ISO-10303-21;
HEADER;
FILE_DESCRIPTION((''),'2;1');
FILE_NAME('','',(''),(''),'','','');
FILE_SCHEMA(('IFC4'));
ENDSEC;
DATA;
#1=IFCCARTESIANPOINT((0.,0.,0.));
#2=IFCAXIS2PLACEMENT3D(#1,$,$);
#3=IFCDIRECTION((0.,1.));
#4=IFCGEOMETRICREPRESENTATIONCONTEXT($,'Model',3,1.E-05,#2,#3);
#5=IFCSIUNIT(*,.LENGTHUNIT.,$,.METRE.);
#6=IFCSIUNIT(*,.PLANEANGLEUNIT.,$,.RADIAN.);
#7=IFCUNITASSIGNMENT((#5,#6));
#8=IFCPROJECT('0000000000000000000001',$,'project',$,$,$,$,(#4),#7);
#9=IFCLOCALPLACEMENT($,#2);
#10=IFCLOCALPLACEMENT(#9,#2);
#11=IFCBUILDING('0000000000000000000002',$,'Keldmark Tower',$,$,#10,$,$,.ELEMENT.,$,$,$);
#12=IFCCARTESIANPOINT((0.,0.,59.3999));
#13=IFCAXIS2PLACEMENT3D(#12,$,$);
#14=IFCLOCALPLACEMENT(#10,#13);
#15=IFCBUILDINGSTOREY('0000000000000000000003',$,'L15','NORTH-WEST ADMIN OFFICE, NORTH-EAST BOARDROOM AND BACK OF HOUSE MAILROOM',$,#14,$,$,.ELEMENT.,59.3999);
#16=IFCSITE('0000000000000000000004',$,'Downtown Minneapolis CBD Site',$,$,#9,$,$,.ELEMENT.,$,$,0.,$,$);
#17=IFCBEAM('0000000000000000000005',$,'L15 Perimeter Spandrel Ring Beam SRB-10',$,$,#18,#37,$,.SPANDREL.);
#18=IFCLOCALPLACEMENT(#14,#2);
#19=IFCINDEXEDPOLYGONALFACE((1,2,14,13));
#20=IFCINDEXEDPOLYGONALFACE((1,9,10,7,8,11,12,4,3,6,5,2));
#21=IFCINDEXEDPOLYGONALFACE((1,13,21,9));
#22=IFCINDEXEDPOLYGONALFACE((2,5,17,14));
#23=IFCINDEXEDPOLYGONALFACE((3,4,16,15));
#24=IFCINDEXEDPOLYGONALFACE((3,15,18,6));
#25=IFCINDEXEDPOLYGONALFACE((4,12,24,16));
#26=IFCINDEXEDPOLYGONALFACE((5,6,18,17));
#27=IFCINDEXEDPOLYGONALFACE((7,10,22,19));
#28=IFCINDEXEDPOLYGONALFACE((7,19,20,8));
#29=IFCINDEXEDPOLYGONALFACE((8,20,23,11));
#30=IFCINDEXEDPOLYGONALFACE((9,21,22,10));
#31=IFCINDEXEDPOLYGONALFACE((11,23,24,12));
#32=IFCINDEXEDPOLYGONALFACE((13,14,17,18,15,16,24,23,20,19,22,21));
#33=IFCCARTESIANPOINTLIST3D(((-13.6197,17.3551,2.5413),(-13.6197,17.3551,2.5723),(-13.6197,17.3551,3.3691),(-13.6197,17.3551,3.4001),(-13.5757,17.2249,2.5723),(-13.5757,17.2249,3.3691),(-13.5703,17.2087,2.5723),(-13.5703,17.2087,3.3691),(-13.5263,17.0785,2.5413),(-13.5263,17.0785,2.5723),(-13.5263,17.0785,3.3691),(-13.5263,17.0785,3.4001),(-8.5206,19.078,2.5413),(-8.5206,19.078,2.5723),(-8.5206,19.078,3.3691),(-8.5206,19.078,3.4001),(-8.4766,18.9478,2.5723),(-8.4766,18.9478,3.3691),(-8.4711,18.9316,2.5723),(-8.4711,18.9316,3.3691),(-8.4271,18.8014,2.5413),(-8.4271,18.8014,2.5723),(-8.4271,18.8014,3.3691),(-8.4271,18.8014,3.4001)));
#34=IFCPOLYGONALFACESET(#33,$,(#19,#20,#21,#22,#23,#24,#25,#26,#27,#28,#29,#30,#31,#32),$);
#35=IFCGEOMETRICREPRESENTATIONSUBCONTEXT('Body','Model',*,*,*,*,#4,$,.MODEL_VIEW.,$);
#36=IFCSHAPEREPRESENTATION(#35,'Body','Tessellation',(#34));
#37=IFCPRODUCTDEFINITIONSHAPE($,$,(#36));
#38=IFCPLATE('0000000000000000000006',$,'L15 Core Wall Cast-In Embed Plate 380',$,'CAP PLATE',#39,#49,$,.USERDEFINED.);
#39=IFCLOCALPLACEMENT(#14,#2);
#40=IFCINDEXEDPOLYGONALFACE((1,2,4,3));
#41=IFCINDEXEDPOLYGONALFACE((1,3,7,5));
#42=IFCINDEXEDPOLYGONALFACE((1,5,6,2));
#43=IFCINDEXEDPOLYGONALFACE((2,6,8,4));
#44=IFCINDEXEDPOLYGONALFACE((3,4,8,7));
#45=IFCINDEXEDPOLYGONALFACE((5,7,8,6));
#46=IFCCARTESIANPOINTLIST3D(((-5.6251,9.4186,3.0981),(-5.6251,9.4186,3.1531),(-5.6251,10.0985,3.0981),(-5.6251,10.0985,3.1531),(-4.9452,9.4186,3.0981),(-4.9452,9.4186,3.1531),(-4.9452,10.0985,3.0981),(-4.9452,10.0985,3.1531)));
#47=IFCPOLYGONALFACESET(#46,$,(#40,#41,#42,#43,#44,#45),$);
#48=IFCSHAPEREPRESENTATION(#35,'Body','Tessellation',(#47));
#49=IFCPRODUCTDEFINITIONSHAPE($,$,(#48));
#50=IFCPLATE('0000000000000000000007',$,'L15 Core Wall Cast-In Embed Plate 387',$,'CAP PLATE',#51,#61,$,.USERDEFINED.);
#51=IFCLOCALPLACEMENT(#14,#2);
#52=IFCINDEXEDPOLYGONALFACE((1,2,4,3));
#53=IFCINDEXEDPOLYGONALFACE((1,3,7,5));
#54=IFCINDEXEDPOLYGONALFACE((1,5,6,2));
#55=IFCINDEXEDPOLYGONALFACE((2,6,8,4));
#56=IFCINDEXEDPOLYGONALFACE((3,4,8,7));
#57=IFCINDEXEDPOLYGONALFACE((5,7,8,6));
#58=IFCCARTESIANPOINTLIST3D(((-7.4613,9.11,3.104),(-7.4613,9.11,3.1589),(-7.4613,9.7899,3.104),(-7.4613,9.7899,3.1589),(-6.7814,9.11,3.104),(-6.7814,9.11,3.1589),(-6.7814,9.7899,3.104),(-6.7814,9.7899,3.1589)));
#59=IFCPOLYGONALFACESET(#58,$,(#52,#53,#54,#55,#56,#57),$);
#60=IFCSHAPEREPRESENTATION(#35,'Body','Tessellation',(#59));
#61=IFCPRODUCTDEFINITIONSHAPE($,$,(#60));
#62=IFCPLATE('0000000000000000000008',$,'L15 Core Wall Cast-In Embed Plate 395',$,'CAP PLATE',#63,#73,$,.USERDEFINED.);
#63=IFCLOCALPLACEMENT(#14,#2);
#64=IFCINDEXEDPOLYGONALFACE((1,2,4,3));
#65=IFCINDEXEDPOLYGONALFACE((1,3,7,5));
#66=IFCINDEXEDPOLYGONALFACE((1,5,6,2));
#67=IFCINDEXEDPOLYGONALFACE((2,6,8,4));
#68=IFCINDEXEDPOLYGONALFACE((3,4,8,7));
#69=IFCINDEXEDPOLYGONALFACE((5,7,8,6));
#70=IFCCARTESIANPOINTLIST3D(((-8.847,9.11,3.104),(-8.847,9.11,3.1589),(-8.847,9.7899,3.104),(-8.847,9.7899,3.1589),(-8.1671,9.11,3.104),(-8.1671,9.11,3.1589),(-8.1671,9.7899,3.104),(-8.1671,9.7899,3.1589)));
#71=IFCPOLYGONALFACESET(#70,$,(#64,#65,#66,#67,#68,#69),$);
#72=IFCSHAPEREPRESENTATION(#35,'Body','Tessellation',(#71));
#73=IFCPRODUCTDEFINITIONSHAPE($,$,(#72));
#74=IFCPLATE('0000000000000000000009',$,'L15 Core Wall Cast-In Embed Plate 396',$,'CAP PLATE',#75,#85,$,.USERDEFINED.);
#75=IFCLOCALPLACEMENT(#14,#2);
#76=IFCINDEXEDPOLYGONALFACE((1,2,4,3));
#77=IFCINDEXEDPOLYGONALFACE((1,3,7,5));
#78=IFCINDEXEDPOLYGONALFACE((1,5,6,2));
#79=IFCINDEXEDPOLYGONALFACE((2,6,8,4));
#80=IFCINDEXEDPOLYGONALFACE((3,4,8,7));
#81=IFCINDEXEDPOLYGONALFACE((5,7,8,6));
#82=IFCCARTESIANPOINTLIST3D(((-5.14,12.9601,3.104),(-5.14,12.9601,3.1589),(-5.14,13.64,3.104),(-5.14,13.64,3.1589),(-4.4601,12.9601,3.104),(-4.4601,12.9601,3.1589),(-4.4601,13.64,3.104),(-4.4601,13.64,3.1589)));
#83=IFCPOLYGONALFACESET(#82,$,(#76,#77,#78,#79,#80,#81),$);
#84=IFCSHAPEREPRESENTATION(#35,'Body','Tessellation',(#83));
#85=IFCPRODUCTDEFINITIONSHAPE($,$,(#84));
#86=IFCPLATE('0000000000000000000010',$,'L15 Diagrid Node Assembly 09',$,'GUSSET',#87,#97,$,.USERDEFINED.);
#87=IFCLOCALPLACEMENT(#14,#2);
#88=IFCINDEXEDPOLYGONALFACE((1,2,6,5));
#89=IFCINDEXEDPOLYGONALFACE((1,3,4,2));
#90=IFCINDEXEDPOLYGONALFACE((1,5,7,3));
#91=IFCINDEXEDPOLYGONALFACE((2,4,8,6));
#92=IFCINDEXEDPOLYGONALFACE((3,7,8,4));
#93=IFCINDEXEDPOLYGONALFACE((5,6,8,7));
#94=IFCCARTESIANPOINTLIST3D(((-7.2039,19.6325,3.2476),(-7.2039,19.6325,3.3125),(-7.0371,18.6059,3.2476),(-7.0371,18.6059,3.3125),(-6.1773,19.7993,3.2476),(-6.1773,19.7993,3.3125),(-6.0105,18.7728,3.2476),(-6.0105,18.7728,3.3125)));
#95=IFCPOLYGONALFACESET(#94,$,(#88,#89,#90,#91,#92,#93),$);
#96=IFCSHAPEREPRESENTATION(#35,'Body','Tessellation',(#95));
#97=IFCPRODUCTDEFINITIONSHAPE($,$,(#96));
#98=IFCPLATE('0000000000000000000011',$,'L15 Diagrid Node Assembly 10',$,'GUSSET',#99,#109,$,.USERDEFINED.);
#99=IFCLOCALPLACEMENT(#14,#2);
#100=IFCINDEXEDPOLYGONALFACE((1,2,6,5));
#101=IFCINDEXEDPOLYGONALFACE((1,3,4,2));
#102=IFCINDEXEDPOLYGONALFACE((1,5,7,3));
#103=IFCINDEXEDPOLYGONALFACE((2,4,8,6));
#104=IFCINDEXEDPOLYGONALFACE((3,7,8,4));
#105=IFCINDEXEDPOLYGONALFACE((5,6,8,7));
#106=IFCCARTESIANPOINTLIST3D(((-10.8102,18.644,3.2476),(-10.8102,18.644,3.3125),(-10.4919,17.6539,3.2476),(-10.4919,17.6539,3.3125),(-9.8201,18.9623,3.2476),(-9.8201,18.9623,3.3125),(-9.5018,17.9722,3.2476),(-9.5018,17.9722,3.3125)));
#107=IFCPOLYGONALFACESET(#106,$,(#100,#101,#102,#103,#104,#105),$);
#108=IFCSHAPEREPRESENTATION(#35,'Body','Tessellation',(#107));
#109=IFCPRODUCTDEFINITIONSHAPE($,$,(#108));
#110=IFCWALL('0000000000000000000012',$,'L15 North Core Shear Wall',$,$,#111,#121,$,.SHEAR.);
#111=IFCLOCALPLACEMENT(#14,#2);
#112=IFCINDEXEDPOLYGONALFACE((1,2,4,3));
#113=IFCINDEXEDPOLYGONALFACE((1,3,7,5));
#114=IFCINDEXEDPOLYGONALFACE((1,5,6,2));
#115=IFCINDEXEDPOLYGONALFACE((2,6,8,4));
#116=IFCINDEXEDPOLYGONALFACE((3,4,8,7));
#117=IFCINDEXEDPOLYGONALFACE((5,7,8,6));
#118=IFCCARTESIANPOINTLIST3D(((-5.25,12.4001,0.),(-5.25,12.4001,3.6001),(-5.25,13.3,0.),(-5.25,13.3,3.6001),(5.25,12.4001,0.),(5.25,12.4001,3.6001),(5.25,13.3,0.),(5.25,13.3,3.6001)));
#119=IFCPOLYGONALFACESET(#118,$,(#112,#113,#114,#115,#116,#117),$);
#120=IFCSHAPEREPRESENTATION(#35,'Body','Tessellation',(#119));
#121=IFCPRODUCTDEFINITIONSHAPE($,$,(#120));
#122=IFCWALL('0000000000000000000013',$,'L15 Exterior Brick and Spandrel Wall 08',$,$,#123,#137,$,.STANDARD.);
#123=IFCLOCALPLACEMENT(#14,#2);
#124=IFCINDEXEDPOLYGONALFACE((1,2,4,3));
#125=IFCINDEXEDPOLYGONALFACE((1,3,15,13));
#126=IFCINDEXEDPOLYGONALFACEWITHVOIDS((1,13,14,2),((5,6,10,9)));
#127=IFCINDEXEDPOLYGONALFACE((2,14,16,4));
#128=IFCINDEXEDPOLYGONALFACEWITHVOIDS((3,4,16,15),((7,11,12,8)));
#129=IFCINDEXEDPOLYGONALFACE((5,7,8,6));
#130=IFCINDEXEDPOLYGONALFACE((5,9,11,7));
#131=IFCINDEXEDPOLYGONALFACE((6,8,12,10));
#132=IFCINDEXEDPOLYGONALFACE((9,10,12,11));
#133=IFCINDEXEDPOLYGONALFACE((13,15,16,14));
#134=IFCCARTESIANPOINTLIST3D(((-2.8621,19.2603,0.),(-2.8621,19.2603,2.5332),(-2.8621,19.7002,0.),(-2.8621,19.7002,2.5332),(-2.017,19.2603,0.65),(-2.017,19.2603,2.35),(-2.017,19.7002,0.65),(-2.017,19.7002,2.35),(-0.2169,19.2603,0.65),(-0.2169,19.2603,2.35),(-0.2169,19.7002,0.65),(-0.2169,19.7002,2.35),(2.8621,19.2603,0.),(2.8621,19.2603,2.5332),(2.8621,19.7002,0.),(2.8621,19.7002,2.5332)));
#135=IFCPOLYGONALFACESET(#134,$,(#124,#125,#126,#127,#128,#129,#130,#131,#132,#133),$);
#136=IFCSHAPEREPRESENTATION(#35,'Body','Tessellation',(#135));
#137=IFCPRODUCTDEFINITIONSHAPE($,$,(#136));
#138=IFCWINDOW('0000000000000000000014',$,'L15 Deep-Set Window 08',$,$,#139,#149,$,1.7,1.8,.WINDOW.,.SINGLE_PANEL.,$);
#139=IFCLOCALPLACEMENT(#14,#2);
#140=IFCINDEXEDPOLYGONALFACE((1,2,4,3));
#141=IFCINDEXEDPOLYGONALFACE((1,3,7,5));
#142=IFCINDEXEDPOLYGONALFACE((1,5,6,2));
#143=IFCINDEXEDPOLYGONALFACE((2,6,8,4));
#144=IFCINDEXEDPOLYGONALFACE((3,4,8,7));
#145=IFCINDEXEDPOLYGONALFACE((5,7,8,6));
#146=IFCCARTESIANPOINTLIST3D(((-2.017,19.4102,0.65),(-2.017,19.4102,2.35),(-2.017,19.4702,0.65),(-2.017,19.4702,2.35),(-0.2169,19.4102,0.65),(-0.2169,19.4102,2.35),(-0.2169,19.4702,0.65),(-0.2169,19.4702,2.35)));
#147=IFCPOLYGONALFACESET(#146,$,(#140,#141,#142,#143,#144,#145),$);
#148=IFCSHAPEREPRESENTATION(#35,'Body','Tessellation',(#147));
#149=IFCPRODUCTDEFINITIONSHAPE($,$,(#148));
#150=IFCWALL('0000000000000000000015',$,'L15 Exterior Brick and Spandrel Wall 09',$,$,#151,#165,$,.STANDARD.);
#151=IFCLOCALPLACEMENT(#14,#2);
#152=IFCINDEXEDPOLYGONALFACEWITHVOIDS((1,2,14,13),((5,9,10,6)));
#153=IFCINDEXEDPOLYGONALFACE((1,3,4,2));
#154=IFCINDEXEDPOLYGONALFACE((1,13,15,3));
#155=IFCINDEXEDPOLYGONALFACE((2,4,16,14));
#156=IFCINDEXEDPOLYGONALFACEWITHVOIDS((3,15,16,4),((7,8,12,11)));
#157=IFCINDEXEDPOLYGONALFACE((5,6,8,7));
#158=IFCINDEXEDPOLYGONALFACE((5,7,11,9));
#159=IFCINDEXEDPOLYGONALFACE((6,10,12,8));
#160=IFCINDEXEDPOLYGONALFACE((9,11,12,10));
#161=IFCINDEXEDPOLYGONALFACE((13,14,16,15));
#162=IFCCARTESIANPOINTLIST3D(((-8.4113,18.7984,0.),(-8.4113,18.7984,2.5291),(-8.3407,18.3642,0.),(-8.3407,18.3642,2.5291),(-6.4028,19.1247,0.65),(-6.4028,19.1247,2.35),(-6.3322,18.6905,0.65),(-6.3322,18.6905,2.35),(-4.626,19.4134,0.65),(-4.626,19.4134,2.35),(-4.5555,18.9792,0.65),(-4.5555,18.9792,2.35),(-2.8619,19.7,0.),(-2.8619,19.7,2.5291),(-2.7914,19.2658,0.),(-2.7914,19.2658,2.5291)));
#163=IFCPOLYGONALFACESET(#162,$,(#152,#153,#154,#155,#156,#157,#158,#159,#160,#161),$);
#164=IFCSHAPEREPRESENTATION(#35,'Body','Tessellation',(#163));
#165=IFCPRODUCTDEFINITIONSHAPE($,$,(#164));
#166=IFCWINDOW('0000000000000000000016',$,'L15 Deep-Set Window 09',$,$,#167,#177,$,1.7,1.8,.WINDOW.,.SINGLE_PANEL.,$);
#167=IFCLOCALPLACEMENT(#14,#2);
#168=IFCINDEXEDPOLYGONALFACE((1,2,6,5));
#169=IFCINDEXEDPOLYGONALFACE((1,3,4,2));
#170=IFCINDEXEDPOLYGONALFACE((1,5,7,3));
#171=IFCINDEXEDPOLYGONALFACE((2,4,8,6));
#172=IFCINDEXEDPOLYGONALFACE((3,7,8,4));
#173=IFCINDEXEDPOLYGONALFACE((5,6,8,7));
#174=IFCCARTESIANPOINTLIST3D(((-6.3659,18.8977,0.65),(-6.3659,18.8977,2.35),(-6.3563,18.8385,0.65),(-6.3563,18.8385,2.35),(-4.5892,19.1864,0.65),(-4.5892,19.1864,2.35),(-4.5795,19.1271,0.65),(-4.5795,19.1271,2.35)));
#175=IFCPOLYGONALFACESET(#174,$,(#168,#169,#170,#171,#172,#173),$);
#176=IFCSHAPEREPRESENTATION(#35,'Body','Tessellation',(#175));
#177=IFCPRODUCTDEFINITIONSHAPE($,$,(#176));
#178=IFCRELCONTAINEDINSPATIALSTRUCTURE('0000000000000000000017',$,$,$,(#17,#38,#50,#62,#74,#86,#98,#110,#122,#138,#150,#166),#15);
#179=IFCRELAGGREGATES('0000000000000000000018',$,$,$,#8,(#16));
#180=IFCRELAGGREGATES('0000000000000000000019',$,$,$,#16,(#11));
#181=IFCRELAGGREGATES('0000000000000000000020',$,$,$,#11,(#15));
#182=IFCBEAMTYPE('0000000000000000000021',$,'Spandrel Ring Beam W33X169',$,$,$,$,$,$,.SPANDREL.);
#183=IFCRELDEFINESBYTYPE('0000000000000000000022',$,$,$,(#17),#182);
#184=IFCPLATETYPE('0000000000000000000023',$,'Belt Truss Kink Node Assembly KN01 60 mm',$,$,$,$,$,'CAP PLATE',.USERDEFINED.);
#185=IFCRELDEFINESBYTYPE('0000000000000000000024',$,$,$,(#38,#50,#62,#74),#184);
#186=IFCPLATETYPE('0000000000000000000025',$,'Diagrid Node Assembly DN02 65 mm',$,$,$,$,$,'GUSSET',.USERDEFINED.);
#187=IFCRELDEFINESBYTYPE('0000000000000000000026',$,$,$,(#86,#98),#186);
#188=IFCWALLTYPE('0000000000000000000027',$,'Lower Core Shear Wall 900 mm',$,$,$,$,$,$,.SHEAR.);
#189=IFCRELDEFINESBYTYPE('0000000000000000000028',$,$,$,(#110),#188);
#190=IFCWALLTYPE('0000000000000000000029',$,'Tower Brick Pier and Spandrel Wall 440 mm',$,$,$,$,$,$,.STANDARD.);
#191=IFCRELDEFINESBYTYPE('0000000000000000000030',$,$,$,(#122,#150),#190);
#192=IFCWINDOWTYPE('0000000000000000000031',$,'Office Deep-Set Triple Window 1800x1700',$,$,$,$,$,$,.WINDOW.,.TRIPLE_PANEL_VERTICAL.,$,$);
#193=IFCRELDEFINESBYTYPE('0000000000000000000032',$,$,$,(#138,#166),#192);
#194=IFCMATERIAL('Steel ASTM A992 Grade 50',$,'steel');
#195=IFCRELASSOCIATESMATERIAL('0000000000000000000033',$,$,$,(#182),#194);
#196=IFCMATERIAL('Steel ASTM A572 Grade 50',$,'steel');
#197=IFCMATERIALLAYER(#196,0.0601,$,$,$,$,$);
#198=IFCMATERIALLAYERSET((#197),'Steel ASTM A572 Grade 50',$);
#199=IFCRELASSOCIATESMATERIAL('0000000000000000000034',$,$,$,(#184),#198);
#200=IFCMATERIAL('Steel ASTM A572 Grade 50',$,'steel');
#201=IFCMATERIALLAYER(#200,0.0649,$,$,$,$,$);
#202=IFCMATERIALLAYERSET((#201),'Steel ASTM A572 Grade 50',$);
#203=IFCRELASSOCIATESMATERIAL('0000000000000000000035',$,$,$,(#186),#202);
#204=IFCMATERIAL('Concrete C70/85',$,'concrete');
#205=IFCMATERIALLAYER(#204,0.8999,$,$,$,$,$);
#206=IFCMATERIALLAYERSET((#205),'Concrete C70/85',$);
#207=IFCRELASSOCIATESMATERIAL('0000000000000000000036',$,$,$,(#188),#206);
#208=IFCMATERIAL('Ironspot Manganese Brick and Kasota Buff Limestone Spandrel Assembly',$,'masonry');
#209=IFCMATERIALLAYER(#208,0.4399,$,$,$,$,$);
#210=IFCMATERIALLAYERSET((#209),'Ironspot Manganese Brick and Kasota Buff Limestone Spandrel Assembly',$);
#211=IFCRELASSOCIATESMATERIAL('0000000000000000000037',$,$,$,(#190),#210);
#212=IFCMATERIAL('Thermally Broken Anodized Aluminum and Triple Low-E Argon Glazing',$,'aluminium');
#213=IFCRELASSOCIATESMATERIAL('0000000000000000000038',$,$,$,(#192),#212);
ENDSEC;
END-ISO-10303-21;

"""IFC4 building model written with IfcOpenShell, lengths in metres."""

from ifc_helpers import new_model, si_unit, direction, frame, frame_2d, origin, origin_2d, place, context, subcontext, project, spatial, rectangle, i_section, extrude, material, layer, layer_set, material_profile, profile_set, type_object, element, fill, save


model = new_model("IFC4")

# Units and contexts
model_context = context("Model", 3, precision=1e-05, world=origin(), true_north=direction((0.0, 1.0)))
body_context = subcontext(model_context, "Body", "Model", "MODEL_VIEW")
ifc_project = project(units=[si_unit("LENGTHUNIT", "METRE"), si_unit("PLANEANGLEUNIT", "RADIAN")], contexts=[model_context])

# Site, building, storey
site_placement = place(None, origin())
site = spatial("IfcSite", under=ifc_project, at=site_placement, Name="Downtown Minneapolis CBD Site", CompositionType="ELEMENT", RefElevation=0.0)
building_placement = place(site_placement, origin())
building = spatial("IfcBuilding", under=site, at=building_placement, Name="Keldmark Tower", CompositionType="ELEMENT")
storey_placement = place(building_placement, frame((0.0, 0.0, 59.3999)))
storey = spatial("IfcBuildingStorey", under=building, at=storey_placement, Name="L15", Description="NORTH-WEST ADMIN OFFICE, NORTH-EAST BOARDROOM AND BACK OF HOUSE MAILROOM", CompositionType="ELEMENT", Elevation=59.3999)

# Beam
ifc_material_1 = material(Name="Steel ASTM A992 Grade 50", Category="steel")
ifc_material_profile_1 = material_profile(ifc_material_1, i_section(OverallWidth=0.292, OverallDepth=0.8589, WebThickness=0.0171, FlangeThickness=0.031, at=origin_2d()), Name="W33X169")
ifc_profile_set_1 = profile_set([ifc_material_profile_1], Name="Steel ASTM A992 Grade 50")
beam_type_1 = type_object("IfcBeamType", Name="Spandrel Ring Beam W33X169", PredefinedType="SPANDREL", material=ifc_profile_set_1)
beam_1_placement = place(storey_placement, frame((-8.4739, 18.9397, 2.9707), z_axis=(-0.947383, -0.320103, 0.0), x_axis=(0.320103, -0.947383, 0.0)))
element("IfcBeam", 1, at=beam_1_placement, inside=storey, type_object=beam_type_1, Name="L15 Perimeter Spandrel Ring Beam SRB-10", PredefinedType="SPANDREL", context=body_context, shape_type="SweptSolid", body=[
    extrude(i_section(OverallWidth=0.292, OverallDepth=0.8589, WebThickness=0.0171, FlangeThickness=0.031, at=origin_2d()), origin(), (0.0, 0.0, 1.0), 5.3823),
])

# Plates
ifc_material_2 = material(Name="Steel ASTM A572 Grade 50", Category="steel")
ifc_layer_1 = layer(ifc_material_2, 0.0601)
ifc_layer_set_1 = layer_set([ifc_layer_1], Name="Steel ASTM A572 Grade 50")
plate_type_1 = type_object("IfcPlateType", Name="Belt Truss Kink Node Assembly KN01 60 mm", ElementType="CAP PLATE", PredefinedType="USERDEFINED", material=ifc_layer_set_1)
for number, where, z_axis, x_axis, name in (
    (2, (-5.2852, 9.7585, 3.0981), (0.0, 0.0, 1.0), (1.0, 0.0, 0.0), "L15 Core Wall Cast-In Embed Plate 380"),
    (3, (-7.1213, 9.45, 3.104), (0.0, 0.0, 1.0), (1.0, 0.0, 0.0), "L15 Core Wall Cast-In Embed Plate 387"),
    (4, (-8.5071, 9.45, 3.104), (0.0, 0.0, 1.0), (1.0, 0.0, 0.0), "L15 Core Wall Cast-In Embed Plate 395"),
    (5, (-4.8, 13.3, 3.104), (0.0, 0.0, 1.0), (1.0, 0.0, 0.0), "L15 Core Wall Cast-In Embed Plate 396"),
):
    element("IfcPlate", number, at=place(storey_placement, frame(where, z_axis=z_axis, x_axis=x_axis)), inside=storey, type_object=plate_type_1, Name=name, ObjectType="CAP PLATE", PredefinedType="USERDEFINED", context=body_context, shape_type="SweptSolid", body=[
        extrude(rectangle(XDim=0.6799, YDim=0.6799, at=origin_2d()), origin(), (0.0, 0.0, 1.0), 0.0549),
    ])
ifc_material_3 = material(Name="Steel ASTM A572 Grade 50", Category="steel")
ifc_layer_2 = layer(ifc_material_3, 0.0649)
ifc_layer_set_2 = layer_set([ifc_layer_2], Name="Steel ASTM A572 Grade 50")
plate_type_2 = type_object("IfcPlateType", Name="Diagrid Node Assembly DN02 65 mm", ElementType="GUSSET", PredefinedType="USERDEFINED", material=ifc_layer_set_2)
for number, where, z_axis, x_axis, name in (
    (6, (-6.6072, 19.2026, 3.2476), (0.0, 0.0, 1.0), (-0.987052, -0.160398, 0.0), "L15 Diagrid Node Assembly 09"),
    (7, (-10.156, 18.3081, 3.2476), (0.0, 0.0, 1.0), (-0.952023, -0.306028, 0.0), "L15 Diagrid Node Assembly 10"),
):
    element("IfcPlate", number, at=place(storey_placement, frame(where, z_axis=z_axis, x_axis=x_axis)), inside=storey, type_object=plate_type_2, Name=name, ObjectType="GUSSET", PredefinedType="USERDEFINED", context=body_context, shape_type="SweptSolid", body=[
        extrude(rectangle(XDim=1.04, YDim=1.04, at=origin_2d()), origin(), (0.0, 0.0, 1.0), 0.0649),
    ])

# Wall
ifc_material_4 = material(Name="Concrete C70/85", Category="concrete")
ifc_layer_3 = layer(ifc_material_4, 0.8999)
ifc_layer_set_3 = layer_set([ifc_layer_3], Name="Concrete C70/85")
wall_type_1 = type_object("IfcWallType", Name="Lower Core Shear Wall 900 mm", PredefinedType="SHEAR", material=ifc_layer_set_3)
wall_1_placement = place(storey_placement, frame((-5.25, 12.8501, 0.0), z_axis=(0.0, 0.0, 1.0), x_axis=(1.0, 0.0, 0.0)))
element("IfcWall", 8, at=wall_1_placement, inside=storey, type_object=wall_type_1, Name="L15 North Core Shear Wall", PredefinedType="SHEAR", context=body_context, shape_type="SweptSolid", body=[
    extrude(rectangle(XDim=10.5, YDim=0.8999, at=frame_2d((5.25, 0.0))), origin(), (0.0, 0.0, 1.0), 3.6001),
])

# Walls, openings, windows
ifc_material_5 = material(Name="Ironspot Manganese Brick and Kasota Buff Limestone Spandrel Assembly", Category="masonry")
ifc_layer_4 = layer(ifc_material_5, 0.4399)
ifc_layer_set_4 = layer_set([ifc_layer_4], Name="Ironspot Manganese Brick and Kasota Buff Limestone Spandrel Assembly")
wall_type_2 = type_object("IfcWallType", Name="Tower Brick Pier and Spandrel Wall 440 mm", PredefinedType="STANDARD", material=ifc_layer_set_4)
wall_2_placement = place(storey_placement, frame((-2.8621, 19.4802, 0.0), z_axis=(0.0, 0.0, 1.0), x_axis=(1.0, 0.0, 0.0)))
wall_2 = element("IfcWall", 9, at=wall_2_placement, inside=storey, type_object=wall_type_2, Name="L15 Exterior Brick and Spandrel Wall 08", PredefinedType="STANDARD", context=body_context, shape_type="SweptSolid", body=[
    extrude(rectangle(XDim=5.7241, YDim=0.4399, at=frame_2d((2.8621, 0.0))), origin(), (0.0, 0.0, 1.0), 2.5332),
])
opening_1_placement = place(wall_2_placement, frame((0.8452, 0.0, 0.6499)))
opening_1 = element("IfcOpeningElement", 10, at=opening_1_placement, cuts=wall_2, PredefinedType="OPENING", context=body_context, shape_type="SweptSolid", body=[
    extrude(rectangle(XDim=1.8, YDim=1.7, at=frame_2d((0.8999, 0.8501))), frame((0.0, 0.23, 0.0), z_axis=(0.0, -1.0, 0.0), x_axis=(1.0, 0.0, 0.0)), (0.0, 0.0, 1.0), 0.46),
])
ifc_material_6 = material(Name="Thermally Broken Anodized Aluminum and Triple Low-E Argon Glazing", Category="aluminium")
window_type = type_object("IfcWindowType", Name="Office Deep-Set Triple Window 1800x1700", PartitioningType="TRIPLE_PANEL_VERTICAL", PredefinedType="WINDOW", material=ifc_material_6)
window_1_placement = place(opening_1_placement, origin())
window_1 = element("IfcWindow", 11, at=window_1_placement, inside=storey, type_object=window_type, Name="L15 Deep-Set Window 08", OverallHeight=1.7, OverallWidth=1.8, PartitioningType="SINGLE_PANEL", PredefinedType="WINDOW", context=body_context, shape_type="SweptSolid", body=[
    extrude(rectangle(XDim=1.8, YDim=1.7, at=frame_2d((0.8999, 0.8501))), frame((0.0, -0.01, 0.0), z_axis=(0.0, -1.0, 0.0), x_axis=(1.0, 0.0, 0.0)), (0.0, 0.0, 1.0), 0.0601),
])
fill(opening_1, window_1)
wall_3_placement = place(storey_placement, frame((-8.376, 18.5813, 0.0), z_axis=(0.0, 0.0, 1.0), x_axis=(0.987057, 0.16037, 0.0)))
wall_3 = element("IfcWall", 12, at=wall_3_placement, inside=storey, type_object=wall_type_2, Name="L15 Exterior Brick and Spandrel Wall 09", PredefinedType="STANDARD", context=body_context, shape_type="SweptSolid", body=[
    extrude(rectangle(XDim=5.6221, YDim=0.4399, at=frame_2d((2.811, 0.0))), origin(), (0.0, 0.0, 1.0), 2.5291),
])
opening_2_placement = place(wall_3_placement, frame((2.0349, 0.0, 0.6499)))
opening_2 = element("IfcOpeningElement", 13, at=opening_2_placement, cuts=wall_3, PredefinedType="OPENING", context=body_context, shape_type="SweptSolid", body=[
    extrude(rectangle(XDim=1.8, YDim=1.7, at=frame_2d((0.8999, 0.8501))), frame((0.0, 0.23, 0.0), z_axis=(0.0, -1.0, 0.0), x_axis=(1.0, 0.0, 0.0)), (0.0, 0.0, 1.0), 0.46),
])
window_2_placement = place(opening_2_placement, origin())
window_2 = element("IfcWindow", 14, at=window_2_placement, inside=storey, type_object=window_type, Name="L15 Deep-Set Window 09", OverallHeight=1.7, OverallWidth=1.8, PartitioningType="SINGLE_PANEL", PredefinedType="WINDOW", context=body_context, shape_type="SweptSolid", body=[
    extrude(rectangle(XDim=1.8, YDim=1.7, at=frame_2d((0.8999, 0.8501))), frame((0.0, -0.01, 0.0), z_axis=(0.0, -1.0, 0.0), x_axis=(1.0, 0.0, 0.0)), (0.0, 0.0, 1.0), 0.0601),
])
fill(opening_2, window_2)

save(model, "model.ifc")
